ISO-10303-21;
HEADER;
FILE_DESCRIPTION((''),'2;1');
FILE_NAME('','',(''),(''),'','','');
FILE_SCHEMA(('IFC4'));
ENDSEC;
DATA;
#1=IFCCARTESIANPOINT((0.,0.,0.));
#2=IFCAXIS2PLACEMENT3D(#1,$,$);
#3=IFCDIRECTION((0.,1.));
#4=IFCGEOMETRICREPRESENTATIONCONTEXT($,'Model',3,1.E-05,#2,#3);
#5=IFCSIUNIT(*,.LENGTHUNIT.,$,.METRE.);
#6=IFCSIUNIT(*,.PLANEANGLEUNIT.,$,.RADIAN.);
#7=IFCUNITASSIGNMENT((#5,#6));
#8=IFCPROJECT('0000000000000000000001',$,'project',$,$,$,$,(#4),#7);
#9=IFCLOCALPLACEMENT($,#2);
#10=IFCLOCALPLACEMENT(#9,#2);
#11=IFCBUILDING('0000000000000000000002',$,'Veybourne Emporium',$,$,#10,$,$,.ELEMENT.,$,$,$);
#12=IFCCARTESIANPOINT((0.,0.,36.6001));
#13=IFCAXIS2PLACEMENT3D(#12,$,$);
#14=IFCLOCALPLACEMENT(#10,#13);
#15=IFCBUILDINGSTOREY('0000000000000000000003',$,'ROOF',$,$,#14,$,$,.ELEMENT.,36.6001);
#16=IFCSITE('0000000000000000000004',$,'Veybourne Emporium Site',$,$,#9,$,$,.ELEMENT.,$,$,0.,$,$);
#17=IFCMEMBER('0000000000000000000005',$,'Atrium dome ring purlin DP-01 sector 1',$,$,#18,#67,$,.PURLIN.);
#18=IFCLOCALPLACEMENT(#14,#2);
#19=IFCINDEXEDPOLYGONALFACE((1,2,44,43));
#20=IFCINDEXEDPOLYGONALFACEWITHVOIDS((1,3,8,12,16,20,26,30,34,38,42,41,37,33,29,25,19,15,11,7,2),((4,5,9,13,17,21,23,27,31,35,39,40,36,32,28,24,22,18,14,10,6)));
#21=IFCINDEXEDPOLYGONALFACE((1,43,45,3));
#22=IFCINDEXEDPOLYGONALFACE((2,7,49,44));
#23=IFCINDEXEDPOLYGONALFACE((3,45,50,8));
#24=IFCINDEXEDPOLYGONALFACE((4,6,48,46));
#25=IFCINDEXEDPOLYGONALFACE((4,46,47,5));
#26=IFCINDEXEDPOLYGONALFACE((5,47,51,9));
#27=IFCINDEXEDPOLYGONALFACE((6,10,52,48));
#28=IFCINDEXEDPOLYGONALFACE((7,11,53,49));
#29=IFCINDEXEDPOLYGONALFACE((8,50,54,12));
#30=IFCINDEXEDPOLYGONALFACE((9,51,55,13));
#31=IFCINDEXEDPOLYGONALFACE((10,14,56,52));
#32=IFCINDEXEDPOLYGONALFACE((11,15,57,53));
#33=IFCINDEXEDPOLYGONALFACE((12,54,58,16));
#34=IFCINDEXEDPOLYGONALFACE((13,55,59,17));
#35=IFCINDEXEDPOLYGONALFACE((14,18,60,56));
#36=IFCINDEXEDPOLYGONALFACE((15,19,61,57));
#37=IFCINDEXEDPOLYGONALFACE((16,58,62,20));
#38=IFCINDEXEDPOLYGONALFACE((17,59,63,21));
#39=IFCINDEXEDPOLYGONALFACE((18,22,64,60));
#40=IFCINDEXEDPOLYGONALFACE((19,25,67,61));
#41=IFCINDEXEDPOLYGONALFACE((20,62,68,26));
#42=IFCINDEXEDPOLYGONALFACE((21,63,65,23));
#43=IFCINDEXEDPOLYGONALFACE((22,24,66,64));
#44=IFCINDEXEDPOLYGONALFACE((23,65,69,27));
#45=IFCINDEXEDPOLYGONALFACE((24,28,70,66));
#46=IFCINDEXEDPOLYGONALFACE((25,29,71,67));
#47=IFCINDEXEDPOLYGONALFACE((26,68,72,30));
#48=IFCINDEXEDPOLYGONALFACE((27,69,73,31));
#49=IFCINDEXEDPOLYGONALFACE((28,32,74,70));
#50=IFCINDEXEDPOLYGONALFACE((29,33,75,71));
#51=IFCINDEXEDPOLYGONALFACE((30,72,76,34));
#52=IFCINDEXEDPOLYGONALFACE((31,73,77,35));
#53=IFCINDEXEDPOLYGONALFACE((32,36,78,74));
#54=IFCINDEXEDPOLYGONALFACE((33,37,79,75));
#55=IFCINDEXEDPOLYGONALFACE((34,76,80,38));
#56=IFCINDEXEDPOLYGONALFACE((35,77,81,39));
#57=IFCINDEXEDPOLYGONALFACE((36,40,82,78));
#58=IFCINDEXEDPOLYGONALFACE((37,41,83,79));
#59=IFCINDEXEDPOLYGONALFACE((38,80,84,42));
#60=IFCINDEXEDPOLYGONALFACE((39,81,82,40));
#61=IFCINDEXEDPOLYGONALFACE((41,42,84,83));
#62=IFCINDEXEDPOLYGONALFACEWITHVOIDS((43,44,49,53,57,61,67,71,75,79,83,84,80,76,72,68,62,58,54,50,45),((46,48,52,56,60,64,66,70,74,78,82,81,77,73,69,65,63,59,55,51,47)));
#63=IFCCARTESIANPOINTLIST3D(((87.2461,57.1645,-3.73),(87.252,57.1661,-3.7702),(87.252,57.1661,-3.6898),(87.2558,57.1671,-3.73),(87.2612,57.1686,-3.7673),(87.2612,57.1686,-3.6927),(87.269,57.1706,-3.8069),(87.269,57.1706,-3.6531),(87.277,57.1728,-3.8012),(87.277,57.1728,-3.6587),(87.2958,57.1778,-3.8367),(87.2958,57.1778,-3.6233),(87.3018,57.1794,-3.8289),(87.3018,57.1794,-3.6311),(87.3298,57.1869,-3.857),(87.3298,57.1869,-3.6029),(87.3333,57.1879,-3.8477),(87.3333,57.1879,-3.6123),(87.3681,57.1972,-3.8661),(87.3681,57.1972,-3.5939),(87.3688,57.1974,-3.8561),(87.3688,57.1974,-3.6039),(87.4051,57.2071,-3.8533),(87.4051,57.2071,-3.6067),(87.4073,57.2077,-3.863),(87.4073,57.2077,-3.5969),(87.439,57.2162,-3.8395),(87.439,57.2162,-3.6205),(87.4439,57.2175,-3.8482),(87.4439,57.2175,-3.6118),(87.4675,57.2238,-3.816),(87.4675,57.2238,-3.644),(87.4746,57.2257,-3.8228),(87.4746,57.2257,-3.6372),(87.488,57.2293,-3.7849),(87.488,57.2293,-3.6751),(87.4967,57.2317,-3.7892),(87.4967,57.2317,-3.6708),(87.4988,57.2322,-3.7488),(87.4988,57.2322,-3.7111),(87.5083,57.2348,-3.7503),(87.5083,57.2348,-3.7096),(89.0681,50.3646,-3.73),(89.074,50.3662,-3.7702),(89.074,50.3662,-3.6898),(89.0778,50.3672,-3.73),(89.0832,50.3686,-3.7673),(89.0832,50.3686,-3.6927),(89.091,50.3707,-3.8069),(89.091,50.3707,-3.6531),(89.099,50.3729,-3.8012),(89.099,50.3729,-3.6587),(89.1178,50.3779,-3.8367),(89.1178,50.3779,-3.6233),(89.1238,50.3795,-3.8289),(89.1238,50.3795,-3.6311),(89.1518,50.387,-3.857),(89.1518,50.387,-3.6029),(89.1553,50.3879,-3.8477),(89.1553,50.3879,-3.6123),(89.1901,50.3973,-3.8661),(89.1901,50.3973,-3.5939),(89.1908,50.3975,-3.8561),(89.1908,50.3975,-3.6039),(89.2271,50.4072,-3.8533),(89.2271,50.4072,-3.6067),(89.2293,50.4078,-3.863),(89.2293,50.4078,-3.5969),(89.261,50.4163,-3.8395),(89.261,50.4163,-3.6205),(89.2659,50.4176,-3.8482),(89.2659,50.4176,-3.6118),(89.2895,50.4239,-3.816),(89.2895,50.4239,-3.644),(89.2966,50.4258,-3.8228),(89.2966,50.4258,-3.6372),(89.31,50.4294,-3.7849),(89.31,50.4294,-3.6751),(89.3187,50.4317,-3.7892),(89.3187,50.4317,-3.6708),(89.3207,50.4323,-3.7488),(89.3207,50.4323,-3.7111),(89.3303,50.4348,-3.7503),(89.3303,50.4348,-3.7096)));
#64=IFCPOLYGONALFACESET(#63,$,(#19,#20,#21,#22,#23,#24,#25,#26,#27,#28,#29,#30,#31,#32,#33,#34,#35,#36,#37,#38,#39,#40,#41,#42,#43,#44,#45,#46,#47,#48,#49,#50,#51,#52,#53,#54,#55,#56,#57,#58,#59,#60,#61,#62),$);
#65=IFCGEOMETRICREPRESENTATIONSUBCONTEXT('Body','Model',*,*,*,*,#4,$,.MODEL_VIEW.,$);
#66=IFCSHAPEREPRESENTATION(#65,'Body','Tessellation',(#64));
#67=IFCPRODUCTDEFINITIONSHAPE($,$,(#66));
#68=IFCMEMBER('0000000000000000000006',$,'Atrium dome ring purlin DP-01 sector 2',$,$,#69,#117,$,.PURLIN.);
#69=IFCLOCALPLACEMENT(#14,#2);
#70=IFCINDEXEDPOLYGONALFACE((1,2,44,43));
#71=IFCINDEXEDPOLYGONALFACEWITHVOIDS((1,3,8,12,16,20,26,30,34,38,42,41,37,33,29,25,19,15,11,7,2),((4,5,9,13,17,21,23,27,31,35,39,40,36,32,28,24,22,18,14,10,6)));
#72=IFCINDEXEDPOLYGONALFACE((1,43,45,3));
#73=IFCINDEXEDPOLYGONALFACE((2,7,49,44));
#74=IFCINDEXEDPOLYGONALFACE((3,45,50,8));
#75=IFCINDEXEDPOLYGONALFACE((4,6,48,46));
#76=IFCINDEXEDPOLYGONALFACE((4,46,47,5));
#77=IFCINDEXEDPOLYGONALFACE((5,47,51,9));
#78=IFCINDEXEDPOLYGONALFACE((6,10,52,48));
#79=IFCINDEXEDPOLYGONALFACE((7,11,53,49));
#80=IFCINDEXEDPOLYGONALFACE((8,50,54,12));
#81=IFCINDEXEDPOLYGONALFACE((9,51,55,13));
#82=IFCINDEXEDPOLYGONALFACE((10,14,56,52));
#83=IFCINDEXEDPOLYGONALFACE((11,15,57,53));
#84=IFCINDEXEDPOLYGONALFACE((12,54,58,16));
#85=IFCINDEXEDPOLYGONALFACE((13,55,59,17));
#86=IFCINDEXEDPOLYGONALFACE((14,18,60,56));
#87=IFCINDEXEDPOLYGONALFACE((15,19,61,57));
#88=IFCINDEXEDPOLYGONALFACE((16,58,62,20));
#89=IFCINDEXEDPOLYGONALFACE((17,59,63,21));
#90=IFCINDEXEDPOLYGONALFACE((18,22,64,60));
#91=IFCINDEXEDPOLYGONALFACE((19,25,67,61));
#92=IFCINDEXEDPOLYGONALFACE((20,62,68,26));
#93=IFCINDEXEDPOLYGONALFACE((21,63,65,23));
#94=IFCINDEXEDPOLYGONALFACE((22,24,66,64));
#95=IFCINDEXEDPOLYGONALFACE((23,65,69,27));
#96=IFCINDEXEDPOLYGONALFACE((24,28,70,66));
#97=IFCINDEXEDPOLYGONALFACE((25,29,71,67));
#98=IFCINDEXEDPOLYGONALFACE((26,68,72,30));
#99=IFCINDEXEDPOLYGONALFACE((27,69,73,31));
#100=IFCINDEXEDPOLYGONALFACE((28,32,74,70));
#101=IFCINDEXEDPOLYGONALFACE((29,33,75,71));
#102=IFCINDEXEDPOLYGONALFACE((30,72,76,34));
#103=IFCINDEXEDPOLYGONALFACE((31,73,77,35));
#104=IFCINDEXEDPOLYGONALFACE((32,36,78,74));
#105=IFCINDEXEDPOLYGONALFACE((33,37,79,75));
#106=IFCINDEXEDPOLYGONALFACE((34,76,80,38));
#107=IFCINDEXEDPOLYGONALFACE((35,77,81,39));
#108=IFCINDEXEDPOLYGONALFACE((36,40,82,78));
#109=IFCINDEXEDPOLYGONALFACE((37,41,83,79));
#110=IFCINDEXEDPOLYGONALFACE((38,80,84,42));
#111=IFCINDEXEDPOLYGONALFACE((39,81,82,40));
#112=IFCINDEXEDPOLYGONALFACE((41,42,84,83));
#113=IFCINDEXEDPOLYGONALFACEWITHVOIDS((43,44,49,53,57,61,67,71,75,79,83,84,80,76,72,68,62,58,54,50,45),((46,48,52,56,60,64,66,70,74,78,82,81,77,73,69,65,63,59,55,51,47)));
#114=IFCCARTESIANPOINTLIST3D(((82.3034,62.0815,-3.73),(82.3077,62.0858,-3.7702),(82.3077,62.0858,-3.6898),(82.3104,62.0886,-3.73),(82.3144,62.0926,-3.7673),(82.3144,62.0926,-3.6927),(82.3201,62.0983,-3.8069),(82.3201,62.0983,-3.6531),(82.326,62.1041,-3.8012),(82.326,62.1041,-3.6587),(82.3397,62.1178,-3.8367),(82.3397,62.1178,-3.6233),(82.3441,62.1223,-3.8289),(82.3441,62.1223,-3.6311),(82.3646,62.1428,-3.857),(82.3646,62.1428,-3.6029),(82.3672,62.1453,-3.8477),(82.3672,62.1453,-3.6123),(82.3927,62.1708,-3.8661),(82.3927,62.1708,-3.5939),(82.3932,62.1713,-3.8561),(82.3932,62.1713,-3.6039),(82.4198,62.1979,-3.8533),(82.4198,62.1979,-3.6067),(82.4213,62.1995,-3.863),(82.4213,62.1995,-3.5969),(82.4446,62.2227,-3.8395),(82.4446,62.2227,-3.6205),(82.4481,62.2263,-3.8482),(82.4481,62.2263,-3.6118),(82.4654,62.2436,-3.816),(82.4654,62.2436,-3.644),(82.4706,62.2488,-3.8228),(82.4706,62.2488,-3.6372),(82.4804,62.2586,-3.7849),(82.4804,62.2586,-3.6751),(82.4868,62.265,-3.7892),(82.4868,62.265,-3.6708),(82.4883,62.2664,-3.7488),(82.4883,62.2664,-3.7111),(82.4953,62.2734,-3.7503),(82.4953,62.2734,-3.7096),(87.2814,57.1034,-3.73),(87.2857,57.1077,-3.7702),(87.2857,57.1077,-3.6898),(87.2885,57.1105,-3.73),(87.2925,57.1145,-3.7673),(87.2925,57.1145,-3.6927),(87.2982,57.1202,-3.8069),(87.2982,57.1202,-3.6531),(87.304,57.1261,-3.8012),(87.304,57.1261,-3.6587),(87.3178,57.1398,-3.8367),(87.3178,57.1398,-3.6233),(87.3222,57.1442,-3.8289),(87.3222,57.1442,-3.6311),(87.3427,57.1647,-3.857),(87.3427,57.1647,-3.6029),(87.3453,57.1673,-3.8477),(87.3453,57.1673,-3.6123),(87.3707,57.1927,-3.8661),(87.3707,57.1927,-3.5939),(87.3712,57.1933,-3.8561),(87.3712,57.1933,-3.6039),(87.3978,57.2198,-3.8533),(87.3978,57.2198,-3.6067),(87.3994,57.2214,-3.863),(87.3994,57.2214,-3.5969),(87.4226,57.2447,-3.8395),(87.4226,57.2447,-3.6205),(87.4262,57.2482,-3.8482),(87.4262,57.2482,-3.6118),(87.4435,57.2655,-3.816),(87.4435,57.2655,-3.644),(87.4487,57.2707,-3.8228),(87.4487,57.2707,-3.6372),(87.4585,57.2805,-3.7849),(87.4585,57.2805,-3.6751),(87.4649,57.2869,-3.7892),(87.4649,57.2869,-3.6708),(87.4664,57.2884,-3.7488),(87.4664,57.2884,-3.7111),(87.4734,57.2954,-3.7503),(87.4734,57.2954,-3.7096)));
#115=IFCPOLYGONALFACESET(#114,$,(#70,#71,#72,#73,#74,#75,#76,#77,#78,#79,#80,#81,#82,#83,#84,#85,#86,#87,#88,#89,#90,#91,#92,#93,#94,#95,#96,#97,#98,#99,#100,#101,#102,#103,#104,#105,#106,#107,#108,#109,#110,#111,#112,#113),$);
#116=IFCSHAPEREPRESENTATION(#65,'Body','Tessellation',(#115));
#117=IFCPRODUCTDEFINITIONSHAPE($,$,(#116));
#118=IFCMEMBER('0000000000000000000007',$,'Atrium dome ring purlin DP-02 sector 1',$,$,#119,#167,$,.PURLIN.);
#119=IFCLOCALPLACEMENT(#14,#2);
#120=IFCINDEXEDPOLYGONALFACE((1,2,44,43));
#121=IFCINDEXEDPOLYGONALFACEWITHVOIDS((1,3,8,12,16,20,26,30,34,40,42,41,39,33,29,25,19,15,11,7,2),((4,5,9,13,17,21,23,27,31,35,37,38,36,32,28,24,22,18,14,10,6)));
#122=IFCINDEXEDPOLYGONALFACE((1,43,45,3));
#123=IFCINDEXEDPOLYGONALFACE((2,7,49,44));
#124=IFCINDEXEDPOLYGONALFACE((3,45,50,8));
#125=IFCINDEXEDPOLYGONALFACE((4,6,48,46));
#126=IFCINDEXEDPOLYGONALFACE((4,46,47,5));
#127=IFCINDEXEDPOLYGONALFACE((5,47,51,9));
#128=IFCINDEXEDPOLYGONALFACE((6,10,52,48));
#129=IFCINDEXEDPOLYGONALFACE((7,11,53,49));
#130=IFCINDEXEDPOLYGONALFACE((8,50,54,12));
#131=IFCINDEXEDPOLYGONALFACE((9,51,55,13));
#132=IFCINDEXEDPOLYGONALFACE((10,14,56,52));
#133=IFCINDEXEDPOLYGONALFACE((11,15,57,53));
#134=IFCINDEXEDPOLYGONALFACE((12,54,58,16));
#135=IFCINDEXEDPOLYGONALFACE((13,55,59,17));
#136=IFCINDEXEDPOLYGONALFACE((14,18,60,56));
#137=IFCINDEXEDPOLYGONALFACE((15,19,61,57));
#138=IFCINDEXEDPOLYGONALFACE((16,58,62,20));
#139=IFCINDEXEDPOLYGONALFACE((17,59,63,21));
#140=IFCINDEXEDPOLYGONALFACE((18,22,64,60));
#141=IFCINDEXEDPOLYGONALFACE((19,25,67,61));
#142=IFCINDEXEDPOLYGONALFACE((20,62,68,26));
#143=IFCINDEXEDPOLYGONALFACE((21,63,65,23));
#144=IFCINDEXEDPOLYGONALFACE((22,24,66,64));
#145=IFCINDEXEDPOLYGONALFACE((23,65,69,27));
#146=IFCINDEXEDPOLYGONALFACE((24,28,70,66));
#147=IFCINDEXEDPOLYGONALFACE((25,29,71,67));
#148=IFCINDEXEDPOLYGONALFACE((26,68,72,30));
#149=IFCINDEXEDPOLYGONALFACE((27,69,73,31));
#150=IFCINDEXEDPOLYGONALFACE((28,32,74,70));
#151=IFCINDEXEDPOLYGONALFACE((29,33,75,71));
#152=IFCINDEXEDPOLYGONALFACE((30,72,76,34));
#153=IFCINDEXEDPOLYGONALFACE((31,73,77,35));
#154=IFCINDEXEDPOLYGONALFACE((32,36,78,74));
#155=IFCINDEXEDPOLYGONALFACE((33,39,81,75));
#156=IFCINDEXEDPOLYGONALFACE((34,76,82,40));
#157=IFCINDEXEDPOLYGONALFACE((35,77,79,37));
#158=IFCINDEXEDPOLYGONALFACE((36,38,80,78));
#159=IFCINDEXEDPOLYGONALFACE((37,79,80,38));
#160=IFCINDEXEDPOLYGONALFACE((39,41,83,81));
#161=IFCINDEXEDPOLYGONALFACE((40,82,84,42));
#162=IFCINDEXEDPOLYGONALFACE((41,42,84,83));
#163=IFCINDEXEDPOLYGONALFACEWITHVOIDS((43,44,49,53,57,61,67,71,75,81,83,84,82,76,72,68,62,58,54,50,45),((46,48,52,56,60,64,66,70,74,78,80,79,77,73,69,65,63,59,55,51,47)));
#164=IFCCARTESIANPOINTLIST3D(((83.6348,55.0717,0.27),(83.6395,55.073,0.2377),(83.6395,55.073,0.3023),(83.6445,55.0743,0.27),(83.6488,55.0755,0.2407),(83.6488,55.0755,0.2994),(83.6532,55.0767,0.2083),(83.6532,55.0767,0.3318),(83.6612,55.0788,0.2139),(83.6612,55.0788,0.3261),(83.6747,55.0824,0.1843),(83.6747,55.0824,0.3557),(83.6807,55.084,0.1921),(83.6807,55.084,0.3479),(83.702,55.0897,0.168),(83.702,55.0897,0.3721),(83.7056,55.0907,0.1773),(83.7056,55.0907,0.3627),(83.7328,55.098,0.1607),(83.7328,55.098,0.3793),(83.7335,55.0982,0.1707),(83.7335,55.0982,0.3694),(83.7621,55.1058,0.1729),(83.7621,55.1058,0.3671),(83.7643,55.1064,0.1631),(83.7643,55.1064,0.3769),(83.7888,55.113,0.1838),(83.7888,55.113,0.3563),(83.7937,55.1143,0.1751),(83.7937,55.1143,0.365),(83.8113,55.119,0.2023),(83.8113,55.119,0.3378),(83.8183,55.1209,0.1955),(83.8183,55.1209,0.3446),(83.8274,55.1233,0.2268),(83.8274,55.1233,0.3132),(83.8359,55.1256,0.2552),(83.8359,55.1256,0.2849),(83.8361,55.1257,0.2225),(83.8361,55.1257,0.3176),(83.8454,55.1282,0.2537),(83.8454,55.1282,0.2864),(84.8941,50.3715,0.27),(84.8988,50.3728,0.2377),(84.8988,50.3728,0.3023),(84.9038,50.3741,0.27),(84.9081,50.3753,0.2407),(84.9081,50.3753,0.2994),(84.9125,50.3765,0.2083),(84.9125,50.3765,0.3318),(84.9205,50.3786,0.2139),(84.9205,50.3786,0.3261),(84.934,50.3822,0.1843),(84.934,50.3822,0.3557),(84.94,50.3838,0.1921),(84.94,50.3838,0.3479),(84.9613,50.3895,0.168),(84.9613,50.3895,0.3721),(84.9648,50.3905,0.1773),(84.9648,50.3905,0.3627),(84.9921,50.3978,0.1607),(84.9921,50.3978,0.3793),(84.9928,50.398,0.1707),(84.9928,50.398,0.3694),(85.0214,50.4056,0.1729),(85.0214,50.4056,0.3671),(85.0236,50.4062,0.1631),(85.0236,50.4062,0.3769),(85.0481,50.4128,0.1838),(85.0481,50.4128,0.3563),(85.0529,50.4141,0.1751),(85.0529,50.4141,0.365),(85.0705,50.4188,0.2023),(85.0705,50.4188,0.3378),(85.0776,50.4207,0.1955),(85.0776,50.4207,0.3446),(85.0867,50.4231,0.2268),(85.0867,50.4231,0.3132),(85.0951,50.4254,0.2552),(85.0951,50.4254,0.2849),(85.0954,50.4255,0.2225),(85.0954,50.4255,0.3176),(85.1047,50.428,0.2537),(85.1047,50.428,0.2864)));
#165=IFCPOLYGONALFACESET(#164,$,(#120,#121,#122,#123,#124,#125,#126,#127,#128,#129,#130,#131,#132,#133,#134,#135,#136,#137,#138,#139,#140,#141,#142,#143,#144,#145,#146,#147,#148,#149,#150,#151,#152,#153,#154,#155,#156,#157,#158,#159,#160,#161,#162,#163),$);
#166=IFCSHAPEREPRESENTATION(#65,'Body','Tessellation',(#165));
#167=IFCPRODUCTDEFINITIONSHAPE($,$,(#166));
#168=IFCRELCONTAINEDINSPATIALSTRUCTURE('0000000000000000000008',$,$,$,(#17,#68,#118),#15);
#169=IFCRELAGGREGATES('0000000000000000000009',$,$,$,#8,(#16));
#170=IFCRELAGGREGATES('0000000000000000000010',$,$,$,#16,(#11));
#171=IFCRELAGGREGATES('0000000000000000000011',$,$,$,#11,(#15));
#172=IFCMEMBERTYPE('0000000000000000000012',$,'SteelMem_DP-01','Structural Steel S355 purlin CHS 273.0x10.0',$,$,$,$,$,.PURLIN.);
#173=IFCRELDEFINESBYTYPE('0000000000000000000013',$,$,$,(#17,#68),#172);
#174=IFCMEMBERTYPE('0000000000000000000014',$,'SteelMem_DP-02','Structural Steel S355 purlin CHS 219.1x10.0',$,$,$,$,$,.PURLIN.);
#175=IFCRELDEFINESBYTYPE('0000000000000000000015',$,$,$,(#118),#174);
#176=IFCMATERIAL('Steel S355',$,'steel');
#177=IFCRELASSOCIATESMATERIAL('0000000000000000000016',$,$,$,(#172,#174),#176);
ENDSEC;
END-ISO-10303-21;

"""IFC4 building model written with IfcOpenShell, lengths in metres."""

from ifc_helpers import new_model, si_unit, direction, frame, origin, origin_2d, place, context, subcontext, project, spatial, hollow_circle, extrude, material, material_profile, profile_set, type_object, element, save


model = new_model("IFC4")

# Units and contexts
model_context = context("Model", 3, precision=1e-05, world=origin(), true_north=direction((0.0, 1.0)))
body_context = subcontext(model_context, "Body", "Model", "MODEL_VIEW")
ifc_project = project(units=[si_unit("LENGTHUNIT", "METRE"), si_unit("PLANEANGLEUNIT", "RADIAN")], contexts=[model_context])

# Site, building, storey
site_placement = place(None, origin())
site = spatial("IfcSite", under=ifc_project, at=site_placement, Name="Veybourne Emporium Site", CompositionType="ELEMENT", RefElevation=0.0)
building_placement = place(site_placement, origin())
building = spatial("IfcBuilding", under=site, at=building_placement, Name="Veybourne Emporium", CompositionType="ELEMENT")
storey_placement = place(building_placement, frame((0.0, 0.0, 36.6001)))
storey = spatial("IfcBuildingStorey", under=building, at=storey_placement, Name="ROOF", CompositionType="ELEMENT", Elevation=36.6001)

# Shared definitions
ifc_material_1 = material(Name="Steel S355", Category="steel")

# Members
ifc_material_profile_1 = material_profile(ifc_material_1, hollow_circle(Radius=0.1365, WallThickness=0.01, at=origin_2d()), Name="CHS 273.0x10.0")
ifc_profile_set_1 = profile_set([ifc_material_profile_1], Name="Steel S355")
member_type_1 = type_object("IfcMemberType", Name="SteelMem_DP-01", Description="Structural Steel S355 purlin CHS 273.0x10.0", PredefinedType="PURLIN", material=ifc_profile_set_1)
member_1_placement = place(storey_placement, frame((89.2, 50.3999, -3.73), z_axis=(-0.258813, 0.965927, 0.0), x_axis=(-0.965927, -0.258813, 0.0)))
element("IfcMember", 1, at=member_1_placement, inside=storey, type_object=member_type_1, Name="Atrium dome ring purlin DP-01 sector 1", PredefinedType="PURLIN", context=body_context, shape_type="SweptSolid", body=[
    extrude(hollow_circle(Radius=0.1365, WallThickness=0.01, at=origin_2d()), origin(), (0.0, 0.0, 1.0), 7.0398),
])
member_2_placement = place(storey_placement, frame((87.3779, 57.2, -3.73), z_axis=(-0.707107, 0.707107, 0.0), x_axis=(-0.707107, -0.707107, 0.0)))
element("IfcMember", 2, at=member_2_placement, inside=storey, type_object=member_type_1, Name="Atrium dome ring purlin DP-01 sector 2", PredefinedType="PURLIN", context=body_context, shape_type="SweptSolid", body=[
    extrude(hollow_circle(Radius=0.1365, WallThickness=0.01, at=origin_2d()), origin(), (0.0, 0.0, 1.0), 7.04),
])
ifc_material_profile_2 = material_profile(ifc_material_1, hollow_circle(Radius=0.1096, WallThickness=0.01, at=origin_2d()), Name="CHS 219.1x10.0")
ifc_profile_set_2 = profile_set([ifc_material_profile_2], Name="Steel S355")
member_type_2 = type_object("IfcMemberType", Name="SteelMem_DP-02", Description="Structural Steel S355 purlin CHS 219.1x10.0", PredefinedType="PURLIN", material=ifc_profile_set_2)
member_3_placement = place(storey_placement, frame((85.0, 50.3999, 0.27), z_axis=(-0.258793, 0.965933, 0.0), x_axis=(-0.965933, -0.258793, 0.0)))
element("IfcMember", 3, at=member_3_placement, inside=storey, type_object=member_type_2, Name="Atrium dome ring purlin DP-02 sector 1", PredefinedType="PURLIN", context=body_context, shape_type="SweptSolid", body=[
    extrude(hollow_circle(Radius=0.1096, WallThickness=0.01, at=origin_2d()), origin(), (0.0, 0.0, 1.0), 4.866),
])

save(model, "model.ifc")
